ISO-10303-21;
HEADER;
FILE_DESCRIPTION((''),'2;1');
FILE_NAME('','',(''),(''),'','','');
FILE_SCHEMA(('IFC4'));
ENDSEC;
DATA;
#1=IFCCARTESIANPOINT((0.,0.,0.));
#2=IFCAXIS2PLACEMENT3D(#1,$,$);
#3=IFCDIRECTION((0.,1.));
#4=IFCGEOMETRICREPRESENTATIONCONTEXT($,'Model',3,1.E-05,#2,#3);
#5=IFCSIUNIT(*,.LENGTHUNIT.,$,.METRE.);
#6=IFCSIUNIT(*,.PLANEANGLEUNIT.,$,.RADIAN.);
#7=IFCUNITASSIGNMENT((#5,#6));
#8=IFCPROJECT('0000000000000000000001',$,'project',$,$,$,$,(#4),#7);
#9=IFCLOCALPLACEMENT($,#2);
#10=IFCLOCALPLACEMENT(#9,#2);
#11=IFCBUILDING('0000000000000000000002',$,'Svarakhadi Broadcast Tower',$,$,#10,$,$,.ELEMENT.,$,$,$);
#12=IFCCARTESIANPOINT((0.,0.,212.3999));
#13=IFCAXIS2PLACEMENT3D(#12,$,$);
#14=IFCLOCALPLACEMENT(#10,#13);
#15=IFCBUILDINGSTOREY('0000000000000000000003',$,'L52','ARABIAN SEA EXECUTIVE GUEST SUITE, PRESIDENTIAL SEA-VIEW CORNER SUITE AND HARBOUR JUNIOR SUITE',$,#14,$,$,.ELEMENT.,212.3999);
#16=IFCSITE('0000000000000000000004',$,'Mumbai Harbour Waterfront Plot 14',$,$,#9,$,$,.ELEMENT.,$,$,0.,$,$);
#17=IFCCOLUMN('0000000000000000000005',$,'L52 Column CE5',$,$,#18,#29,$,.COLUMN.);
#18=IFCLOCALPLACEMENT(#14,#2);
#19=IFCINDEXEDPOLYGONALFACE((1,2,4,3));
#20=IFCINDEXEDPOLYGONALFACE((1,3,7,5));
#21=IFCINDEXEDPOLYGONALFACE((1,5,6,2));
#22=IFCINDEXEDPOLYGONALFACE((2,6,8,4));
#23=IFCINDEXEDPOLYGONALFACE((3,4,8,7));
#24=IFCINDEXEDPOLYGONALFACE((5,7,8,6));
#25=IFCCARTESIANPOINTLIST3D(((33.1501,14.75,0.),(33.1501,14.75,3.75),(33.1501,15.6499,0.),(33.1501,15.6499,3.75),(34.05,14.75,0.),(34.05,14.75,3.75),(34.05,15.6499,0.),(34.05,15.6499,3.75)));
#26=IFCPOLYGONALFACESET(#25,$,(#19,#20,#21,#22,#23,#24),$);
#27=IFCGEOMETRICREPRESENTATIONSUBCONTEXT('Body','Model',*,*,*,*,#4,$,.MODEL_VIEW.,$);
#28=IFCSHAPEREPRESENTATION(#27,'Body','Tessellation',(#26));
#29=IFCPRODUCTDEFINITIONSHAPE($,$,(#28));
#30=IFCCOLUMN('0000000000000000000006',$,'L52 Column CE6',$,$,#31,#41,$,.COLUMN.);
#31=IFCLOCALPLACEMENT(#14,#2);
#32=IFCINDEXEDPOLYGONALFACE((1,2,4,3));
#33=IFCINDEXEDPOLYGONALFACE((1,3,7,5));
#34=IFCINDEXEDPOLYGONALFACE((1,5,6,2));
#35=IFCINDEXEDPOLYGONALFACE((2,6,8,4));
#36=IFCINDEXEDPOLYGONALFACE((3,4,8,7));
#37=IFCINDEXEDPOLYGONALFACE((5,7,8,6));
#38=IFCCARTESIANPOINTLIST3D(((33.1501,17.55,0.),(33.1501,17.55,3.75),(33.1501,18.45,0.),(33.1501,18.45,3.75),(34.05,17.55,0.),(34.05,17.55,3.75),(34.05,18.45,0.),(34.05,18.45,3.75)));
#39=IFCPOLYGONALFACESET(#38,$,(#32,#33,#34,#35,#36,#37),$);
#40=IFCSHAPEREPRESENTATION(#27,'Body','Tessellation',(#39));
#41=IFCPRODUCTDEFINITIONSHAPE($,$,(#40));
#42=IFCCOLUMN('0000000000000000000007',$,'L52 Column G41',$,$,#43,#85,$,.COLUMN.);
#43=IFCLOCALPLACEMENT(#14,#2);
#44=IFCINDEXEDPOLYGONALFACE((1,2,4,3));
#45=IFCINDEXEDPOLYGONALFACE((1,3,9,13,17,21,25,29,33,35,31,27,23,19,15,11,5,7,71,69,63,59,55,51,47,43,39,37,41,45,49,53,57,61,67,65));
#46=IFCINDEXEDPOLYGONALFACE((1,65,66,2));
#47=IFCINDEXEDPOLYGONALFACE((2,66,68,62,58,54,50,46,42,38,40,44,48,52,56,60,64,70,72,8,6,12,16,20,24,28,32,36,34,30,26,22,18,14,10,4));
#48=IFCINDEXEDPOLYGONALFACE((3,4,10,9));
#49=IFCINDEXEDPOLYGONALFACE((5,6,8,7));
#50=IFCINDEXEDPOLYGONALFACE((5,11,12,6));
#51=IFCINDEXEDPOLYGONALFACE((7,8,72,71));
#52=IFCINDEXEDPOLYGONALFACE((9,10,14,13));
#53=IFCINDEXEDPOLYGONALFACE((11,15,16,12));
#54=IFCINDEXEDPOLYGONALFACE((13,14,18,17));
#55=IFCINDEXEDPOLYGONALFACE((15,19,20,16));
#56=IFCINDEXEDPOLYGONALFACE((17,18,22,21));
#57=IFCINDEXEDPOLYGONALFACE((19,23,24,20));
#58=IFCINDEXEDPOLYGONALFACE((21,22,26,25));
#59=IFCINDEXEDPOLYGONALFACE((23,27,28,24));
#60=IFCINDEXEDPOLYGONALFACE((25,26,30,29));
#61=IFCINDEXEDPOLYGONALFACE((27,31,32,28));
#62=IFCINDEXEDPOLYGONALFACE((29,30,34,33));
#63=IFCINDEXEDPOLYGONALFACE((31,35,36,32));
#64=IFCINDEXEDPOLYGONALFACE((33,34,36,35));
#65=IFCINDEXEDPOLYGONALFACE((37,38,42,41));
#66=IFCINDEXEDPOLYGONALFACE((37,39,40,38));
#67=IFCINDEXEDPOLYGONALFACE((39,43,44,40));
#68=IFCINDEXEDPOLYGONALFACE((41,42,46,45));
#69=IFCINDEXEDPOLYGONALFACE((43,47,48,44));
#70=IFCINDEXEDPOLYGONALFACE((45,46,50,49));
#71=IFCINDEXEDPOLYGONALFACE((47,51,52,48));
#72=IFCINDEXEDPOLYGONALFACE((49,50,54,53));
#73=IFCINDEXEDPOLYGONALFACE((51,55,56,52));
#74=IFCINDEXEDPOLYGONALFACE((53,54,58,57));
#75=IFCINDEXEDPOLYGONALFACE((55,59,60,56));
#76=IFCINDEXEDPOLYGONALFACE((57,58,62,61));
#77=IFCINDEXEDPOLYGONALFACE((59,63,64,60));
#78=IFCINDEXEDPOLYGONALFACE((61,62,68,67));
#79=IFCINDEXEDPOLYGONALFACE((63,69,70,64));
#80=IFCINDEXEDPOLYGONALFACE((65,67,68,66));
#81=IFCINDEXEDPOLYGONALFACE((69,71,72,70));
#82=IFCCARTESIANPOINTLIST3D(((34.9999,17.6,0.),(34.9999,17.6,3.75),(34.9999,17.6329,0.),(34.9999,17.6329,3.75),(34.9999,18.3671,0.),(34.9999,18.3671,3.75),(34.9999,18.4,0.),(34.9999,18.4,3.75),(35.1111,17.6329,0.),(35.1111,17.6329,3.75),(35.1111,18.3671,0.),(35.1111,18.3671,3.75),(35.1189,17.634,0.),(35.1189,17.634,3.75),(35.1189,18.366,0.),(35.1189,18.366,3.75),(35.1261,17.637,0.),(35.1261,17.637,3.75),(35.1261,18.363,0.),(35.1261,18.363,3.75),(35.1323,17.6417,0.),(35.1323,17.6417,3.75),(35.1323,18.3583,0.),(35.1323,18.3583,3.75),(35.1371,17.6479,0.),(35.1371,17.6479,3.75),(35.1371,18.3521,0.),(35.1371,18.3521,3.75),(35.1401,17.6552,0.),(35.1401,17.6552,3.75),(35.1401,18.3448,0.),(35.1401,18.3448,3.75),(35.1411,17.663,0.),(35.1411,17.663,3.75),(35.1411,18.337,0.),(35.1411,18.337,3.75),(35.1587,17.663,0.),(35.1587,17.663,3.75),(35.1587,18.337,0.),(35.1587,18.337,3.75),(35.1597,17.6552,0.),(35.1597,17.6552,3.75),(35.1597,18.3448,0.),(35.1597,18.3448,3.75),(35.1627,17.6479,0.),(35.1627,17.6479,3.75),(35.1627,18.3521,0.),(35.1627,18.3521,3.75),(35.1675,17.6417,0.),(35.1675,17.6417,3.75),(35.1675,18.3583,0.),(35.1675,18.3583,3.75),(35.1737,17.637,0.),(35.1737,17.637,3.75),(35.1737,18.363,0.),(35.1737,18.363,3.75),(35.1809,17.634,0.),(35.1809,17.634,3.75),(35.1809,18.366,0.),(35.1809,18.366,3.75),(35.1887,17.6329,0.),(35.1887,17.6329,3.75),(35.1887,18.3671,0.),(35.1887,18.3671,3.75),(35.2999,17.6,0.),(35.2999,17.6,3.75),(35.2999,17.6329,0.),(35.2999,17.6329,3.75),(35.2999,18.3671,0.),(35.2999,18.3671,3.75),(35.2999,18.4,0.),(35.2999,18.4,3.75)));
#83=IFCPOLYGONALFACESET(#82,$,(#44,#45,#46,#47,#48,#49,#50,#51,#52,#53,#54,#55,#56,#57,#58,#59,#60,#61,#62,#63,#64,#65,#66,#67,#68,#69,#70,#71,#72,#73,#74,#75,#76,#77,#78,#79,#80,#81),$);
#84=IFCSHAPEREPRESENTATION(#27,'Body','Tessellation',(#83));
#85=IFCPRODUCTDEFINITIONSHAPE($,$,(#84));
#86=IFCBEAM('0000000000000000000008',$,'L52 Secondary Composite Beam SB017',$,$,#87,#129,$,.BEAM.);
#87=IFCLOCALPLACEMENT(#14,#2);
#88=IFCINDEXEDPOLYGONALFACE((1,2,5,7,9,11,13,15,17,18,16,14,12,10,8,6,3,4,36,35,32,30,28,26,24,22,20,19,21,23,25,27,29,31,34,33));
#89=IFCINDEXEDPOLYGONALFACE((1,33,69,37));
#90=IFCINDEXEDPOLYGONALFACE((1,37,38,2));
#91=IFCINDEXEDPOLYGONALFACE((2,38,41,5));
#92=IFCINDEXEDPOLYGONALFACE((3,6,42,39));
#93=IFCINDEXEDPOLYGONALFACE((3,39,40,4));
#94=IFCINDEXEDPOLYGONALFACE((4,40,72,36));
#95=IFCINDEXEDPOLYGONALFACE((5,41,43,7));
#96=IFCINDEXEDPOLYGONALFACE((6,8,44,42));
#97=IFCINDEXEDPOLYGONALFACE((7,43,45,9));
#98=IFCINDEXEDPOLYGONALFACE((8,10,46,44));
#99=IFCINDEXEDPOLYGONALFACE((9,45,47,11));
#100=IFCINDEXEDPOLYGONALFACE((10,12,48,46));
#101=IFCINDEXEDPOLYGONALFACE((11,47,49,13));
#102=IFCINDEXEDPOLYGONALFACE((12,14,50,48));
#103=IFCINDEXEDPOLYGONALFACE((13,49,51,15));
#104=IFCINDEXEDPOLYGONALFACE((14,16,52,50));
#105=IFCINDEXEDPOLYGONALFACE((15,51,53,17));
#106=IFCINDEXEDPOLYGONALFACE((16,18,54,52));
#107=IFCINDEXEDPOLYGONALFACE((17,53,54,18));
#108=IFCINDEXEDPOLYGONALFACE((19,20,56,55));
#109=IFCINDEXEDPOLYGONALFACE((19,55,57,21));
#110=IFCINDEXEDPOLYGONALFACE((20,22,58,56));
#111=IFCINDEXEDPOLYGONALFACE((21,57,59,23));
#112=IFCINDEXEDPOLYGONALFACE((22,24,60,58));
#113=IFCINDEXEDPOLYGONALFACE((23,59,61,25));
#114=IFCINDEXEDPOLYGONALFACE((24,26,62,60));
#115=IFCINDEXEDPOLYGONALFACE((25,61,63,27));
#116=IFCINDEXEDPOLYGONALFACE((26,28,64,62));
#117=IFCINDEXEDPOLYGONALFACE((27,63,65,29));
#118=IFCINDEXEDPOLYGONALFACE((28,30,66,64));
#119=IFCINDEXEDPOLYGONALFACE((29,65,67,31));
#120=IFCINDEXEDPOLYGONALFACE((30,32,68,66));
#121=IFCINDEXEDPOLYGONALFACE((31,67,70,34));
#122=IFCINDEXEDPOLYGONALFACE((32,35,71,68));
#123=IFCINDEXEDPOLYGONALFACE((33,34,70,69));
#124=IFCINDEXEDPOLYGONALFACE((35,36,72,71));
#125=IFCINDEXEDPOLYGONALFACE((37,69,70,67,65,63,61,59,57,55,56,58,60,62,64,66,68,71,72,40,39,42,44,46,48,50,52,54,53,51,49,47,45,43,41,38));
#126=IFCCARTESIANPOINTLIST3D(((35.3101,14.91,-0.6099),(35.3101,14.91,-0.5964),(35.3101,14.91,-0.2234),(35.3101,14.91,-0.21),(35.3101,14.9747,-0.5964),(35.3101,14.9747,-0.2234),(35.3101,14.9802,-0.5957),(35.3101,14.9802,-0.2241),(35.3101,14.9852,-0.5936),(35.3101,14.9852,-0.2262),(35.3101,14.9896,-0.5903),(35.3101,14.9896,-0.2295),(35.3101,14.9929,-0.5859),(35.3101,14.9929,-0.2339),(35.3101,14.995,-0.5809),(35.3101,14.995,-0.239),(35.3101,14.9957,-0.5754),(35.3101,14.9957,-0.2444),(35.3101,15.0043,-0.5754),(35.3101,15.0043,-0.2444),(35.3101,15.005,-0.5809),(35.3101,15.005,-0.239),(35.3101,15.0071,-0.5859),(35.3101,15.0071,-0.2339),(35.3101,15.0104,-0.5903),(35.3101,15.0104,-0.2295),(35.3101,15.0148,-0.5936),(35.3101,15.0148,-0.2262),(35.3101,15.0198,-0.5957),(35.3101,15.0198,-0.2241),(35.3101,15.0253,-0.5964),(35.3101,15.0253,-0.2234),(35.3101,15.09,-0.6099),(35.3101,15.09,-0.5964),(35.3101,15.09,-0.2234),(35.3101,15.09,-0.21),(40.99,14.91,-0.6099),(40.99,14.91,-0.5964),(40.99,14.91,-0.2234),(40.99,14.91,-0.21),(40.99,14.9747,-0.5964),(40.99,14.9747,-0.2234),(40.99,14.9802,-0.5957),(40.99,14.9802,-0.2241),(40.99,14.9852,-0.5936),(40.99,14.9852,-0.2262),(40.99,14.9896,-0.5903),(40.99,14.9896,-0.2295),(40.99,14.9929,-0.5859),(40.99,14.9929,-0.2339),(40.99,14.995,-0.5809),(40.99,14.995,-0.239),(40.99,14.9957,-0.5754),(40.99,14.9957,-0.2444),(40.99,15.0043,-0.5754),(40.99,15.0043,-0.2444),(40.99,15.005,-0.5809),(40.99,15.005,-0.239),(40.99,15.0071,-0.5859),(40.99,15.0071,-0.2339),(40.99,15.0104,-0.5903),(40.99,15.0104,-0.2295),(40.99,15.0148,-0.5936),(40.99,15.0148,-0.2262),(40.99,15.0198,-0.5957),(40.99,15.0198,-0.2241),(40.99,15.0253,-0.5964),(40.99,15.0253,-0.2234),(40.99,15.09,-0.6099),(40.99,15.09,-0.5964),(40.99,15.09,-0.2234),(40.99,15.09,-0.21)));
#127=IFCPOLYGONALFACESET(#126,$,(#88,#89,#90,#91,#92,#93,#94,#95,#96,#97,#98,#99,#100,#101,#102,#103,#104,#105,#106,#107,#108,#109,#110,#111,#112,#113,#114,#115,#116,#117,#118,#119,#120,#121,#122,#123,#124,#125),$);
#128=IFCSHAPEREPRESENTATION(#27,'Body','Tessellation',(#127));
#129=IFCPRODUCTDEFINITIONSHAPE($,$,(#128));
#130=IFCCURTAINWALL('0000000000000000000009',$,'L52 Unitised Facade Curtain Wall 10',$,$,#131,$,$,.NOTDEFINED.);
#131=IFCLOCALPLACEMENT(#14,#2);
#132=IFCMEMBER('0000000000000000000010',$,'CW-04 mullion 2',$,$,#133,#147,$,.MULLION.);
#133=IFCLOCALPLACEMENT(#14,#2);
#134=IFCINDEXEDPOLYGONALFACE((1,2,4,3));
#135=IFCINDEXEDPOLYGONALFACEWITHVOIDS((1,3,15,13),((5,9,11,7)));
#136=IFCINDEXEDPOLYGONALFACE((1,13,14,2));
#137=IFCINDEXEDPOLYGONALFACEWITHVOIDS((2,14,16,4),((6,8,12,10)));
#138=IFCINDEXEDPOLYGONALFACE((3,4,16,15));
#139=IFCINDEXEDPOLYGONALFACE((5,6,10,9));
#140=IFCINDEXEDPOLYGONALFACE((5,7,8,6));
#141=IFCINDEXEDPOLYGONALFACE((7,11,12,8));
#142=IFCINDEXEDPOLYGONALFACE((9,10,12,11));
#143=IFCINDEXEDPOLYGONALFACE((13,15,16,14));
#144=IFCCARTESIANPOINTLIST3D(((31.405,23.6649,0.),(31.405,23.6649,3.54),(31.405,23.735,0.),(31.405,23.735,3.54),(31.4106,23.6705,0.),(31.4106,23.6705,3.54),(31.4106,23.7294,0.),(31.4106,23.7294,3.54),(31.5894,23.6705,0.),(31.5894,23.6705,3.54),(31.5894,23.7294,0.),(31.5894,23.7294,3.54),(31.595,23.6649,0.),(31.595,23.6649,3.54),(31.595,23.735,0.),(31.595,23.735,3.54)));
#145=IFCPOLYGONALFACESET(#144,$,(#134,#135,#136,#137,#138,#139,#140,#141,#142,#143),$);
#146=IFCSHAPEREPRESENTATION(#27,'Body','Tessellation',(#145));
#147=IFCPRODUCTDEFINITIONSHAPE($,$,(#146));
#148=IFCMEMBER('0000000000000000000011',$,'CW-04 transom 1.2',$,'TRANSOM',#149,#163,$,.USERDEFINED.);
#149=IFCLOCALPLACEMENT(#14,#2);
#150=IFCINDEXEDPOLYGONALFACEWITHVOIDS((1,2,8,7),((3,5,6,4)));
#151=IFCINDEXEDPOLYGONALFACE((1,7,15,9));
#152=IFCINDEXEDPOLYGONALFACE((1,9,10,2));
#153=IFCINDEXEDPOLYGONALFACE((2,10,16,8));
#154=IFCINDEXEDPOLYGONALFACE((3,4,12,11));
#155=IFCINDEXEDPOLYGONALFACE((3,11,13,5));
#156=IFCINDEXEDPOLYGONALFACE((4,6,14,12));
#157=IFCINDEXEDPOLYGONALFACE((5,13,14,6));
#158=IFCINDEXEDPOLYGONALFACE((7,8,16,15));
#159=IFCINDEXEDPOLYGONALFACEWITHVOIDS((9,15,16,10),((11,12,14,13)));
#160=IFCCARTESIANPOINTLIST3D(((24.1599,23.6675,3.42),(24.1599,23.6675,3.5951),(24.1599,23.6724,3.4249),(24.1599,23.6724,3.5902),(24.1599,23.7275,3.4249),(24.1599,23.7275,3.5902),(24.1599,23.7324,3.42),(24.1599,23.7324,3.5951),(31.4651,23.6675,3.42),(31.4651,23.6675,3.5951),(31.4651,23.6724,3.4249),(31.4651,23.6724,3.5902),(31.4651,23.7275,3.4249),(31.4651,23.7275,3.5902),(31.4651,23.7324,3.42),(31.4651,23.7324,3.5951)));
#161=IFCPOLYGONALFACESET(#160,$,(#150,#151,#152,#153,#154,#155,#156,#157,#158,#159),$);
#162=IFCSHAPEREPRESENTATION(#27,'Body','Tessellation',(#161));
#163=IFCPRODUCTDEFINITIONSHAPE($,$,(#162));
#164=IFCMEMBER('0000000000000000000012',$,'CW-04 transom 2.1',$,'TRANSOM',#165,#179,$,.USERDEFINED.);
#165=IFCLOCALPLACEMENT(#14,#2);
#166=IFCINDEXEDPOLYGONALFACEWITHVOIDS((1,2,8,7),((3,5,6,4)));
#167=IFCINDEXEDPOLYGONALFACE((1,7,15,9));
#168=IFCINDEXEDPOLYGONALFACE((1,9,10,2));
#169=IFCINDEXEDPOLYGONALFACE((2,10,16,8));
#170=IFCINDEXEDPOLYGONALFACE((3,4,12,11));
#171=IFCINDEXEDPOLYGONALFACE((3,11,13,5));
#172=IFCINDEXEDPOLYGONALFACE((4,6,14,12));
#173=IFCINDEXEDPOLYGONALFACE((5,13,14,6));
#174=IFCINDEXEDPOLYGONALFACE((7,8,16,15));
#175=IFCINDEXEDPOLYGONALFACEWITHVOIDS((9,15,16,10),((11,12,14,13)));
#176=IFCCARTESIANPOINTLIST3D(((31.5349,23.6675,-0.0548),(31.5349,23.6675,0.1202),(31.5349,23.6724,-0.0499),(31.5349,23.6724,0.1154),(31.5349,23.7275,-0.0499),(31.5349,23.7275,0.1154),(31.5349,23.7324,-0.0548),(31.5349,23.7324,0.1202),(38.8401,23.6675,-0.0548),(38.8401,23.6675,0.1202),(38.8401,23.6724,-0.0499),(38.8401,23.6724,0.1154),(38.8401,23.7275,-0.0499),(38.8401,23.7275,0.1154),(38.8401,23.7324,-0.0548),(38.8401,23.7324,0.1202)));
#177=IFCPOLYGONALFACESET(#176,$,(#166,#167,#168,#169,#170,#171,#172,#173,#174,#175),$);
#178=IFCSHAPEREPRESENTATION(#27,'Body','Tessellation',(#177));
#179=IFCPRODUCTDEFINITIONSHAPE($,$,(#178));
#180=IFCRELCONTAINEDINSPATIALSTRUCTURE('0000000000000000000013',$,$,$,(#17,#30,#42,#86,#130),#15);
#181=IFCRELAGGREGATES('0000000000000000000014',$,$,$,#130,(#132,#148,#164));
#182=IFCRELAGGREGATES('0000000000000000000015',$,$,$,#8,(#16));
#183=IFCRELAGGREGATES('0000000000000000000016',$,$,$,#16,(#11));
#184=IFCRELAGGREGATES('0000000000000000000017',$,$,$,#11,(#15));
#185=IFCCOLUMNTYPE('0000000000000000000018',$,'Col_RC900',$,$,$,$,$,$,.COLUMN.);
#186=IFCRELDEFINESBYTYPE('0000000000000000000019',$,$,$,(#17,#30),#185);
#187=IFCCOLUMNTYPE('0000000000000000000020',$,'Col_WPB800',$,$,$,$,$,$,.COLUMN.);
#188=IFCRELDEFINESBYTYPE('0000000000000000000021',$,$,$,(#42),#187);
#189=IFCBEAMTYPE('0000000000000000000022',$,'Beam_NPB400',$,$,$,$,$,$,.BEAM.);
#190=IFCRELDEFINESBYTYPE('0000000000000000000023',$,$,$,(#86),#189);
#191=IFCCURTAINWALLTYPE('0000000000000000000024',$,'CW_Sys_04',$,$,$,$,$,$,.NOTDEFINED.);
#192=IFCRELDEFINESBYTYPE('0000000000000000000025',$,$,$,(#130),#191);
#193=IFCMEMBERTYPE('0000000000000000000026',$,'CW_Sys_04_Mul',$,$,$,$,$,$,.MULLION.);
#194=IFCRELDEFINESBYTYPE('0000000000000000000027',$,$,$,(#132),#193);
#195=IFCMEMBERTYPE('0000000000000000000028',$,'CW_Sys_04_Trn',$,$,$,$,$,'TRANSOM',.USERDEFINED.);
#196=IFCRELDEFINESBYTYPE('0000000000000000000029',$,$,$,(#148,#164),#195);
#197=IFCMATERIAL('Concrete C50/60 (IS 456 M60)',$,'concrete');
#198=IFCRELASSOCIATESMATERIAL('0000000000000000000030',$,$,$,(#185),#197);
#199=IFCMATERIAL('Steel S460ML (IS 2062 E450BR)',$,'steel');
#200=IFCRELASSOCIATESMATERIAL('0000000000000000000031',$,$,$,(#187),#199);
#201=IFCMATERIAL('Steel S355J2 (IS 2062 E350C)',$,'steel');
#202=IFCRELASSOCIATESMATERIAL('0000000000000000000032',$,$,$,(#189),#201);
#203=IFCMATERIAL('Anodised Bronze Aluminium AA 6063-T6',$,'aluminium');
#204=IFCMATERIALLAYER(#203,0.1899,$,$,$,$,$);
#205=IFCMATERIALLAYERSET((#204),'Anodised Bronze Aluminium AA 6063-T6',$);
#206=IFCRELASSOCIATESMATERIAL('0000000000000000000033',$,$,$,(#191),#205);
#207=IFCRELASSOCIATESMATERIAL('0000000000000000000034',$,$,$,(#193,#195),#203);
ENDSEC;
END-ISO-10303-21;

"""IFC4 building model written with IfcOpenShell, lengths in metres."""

from ifc_helpers import new_model, si_unit, direction, frame, origin, origin_2d, place, context, subcontext, project, spatial, rectangle, hollow_rectangle, i_section, extrude, material, layer, layer_set, material_profile, profile_set, type_object, element, aggregate, save


model = new_model("IFC4")

# Units and contexts
model_context = context("Model", 3, precision=1e-05, world=origin(), true_north=direction((0.0, 1.0)))
body_context = subcontext(model_context, "Body", "Model", "MODEL_VIEW")
ifc_project = project(units=[si_unit("LENGTHUNIT", "METRE"), si_unit("PLANEANGLEUNIT", "RADIAN")], contexts=[model_context])

# Site, building, storey
site_placement = place(None, origin())
site = spatial("IfcSite", under=ifc_project, at=site_placement, Name="Mumbai Harbour Waterfront Plot 14", CompositionType="ELEMENT", RefElevation=0.0)
building_placement = place(site_placement, origin())
building = spatial("IfcBuilding", under=site, at=building_placement, Name="Svarakhadi Broadcast Tower", CompositionType="ELEMENT")
storey_placement = place(building_placement, frame((0.0, 0.0, 212.3999)))
storey = spatial("IfcBuildingStorey", under=building, at=storey_placement, Name="L52", Description="ARABIAN SEA EXECUTIVE GUEST SUITE, PRESIDENTIAL SEA-VIEW CORNER SUITE AND HARBOUR JUNIOR SUITE", CompositionType="ELEMENT", Elevation=212.3999)

# Columns
ifc_material_1 = material(Name="Concrete C50/60 (IS 456 M60)", Category="concrete")
ifc_material_profile_1 = material_profile(ifc_material_1, rectangle(XDim=0.8999, YDim=0.8999, at=origin_2d()), Name="RC 900x900")
ifc_profile_set_1 = profile_set([ifc_material_profile_1], Name="Concrete C50/60 (IS 456 M60)")
column_type_1 = type_object("IfcColumnType", Name="Col_RC900", PredefinedType="COLUMN", material=ifc_profile_set_1)
for number, where, z_axis, x_axis, name in (
    (1, (33.6001, 15.2, 0.0), (0.0, 0.0, 1.0), (1.0, 0.0, 0.0), "L52 Column CE5"),
    (2, (33.6001, 18.0, 0.0), (0.0, 0.0, 1.0), (1.0, 0.0, 0.0), "L52 Column CE6"),
):
    element("IfcColumn", number, at=place(storey_placement, frame(where, z_axis=z_axis, x_axis=x_axis)), inside=storey, type_object=column_type_1, Name=name, PredefinedType="COLUMN", context=body_context, shape_type="SweptSolid", body=[
        extrude(rectangle(XDim=0.8999, YDim=0.8999, at=origin_2d()), origin(), (0.0, 0.0, 1.0), 3.75),
    ])
ifc_material_2 = material(Name="Steel S460ML (IS 2062 E450BR)", Category="steel")
ifc_material_profile_2 = material_profile(ifc_material_2, i_section(OverallWidth=0.3, OverallDepth=0.8, WebThickness=0.0176, FlangeThickness=0.033, FilletRadius=0.03, at=origin_2d()), Name="WPB 800x300x262")
ifc_profile_set_2 = profile_set([ifc_material_profile_2], Name="Steel S460ML (IS 2062 E450BR)")
column_type_2 = type_object("IfcColumnType", Name="Col_WPB800", PredefinedType="COLUMN", material=ifc_profile_set_2)
column_placement = place(storey_placement, frame((35.1499, 18.0, 0.0), z_axis=(0.0, 0.0, 1.0), x_axis=(1.0, 0.0, 0.0)))
element("IfcColumn", 3, at=column_placement, inside=storey, type_object=column_type_2, Name="L52 Column G41", PredefinedType="COLUMN", context=body_context, shape_type="SweptSolid", body=[
    extrude(i_section(OverallWidth=0.3, OverallDepth=0.8, WebThickness=0.0176, FlangeThickness=0.033, FilletRadius=0.03, at=origin_2d()), origin(), (0.0, 0.0, 1.0), 3.75),
])

# Beam
ifc_material_3 = material(Name="Steel S355J2 (IS 2062 E350C)", Category="steel")
ifc_material_profile_3 = material_profile(ifc_material_3, i_section(OverallWidth=0.1799, OverallDepth=0.3999, WebThickness=0.0085, FlangeThickness=0.0134, FilletRadius=0.021, at=origin_2d()), Name="NPB 400x180x66")
ifc_profile_set_3 = profile_set([ifc_material_profile_3], Name="Steel S355J2 (IS 2062 E350C)")
beam_type_1 = type_object("IfcBeamType", Name="Beam_NPB400", PredefinedType="BEAM", material=ifc_profile_set_3)
beam_1_placement = place(storey_placement, frame((35.3101, 15.0, -0.4099), z_axis=(1.0, 0.0, 0.0), x_axis=(0.0, 1.0, 0.0)))
element("IfcBeam", 4, at=beam_1_placement, inside=storey, type_object=beam_type_1, Name="L52 Secondary Composite Beam SB017", PredefinedType="BEAM", context=body_context, shape_type="SweptSolid", body=[
    extrude(i_section(OverallWidth=0.1799, OverallDepth=0.3999, WebThickness=0.0085, FlangeThickness=0.0134, FilletRadius=0.021, at=origin_2d()), origin(), (0.0, 0.0, 1.0), 5.6799),
])

# Curtain wall, members
ifc_material_4 = material(Name="Anodised Bronze Aluminium AA 6063-T6", Category="aluminium")
ifc_layer_1 = layer(ifc_material_4, 0.1899)
ifc_layer_set_1 = layer_set([ifc_layer_1], Name="Anodised Bronze Aluminium AA 6063-T6")
curtain_wall_type = type_object("IfcCurtainWallType", Name="CW_Sys_04", PredefinedType="NOTDEFINED", material=ifc_layer_set_1)
curtain_wall_placement = place(storey_placement, origin())
curtain_wall = element("IfcCurtainWall", 5, at=curtain_wall_placement, inside=storey, type_object=curtain_wall_type, Name="L52 Unitised Facade Curtain Wall 10", PredefinedType="NOTDEFINED")
ifc_material_profile_4 = material_profile(ifc_material_4, hollow_rectangle(XDim=0.0701, YDim=0.1899, WallThickness=0.0056, at=origin_2d()), Name="ALU MULLION 190x70x6")
ifc_profile_set_4 = profile_set([ifc_material_profile_4], Name="Anodised Bronze Aluminium AA 6063-T6")
member_type_1 = type_object("IfcMemberType", Name="CW_Sys_04_Mul", PredefinedType="MULLION", material=ifc_profile_set_4)
member_1_placement = place(storey_placement, frame((31.5, 23.7, 0.0), z_axis=(0.0, 0.0, 1.0), x_axis=(0.0, 1.0, 0.0)))
member_1 = element("IfcMember", 6, at=member_1_placement, type_object=member_type_1, Name="CW-04 mullion 2", PredefinedType="MULLION", context=body_context, shape_type="SweptSolid", body=[
    extrude(hollow_rectangle(XDim=0.0701, YDim=0.1899, WallThickness=0.0056, at=origin_2d()), origin(), (0.0, 0.0, 1.0), 3.54),
])
ifc_material_profile_5 = material_profile(ifc_material_4, hollow_rectangle(XDim=0.0649, YDim=0.175, WallThickness=0.0049, at=origin_2d()), Name="ALU TRANSOM 175x65x5")
ifc_profile_set_5 = profile_set([ifc_material_profile_5], Name="Anodised Bronze Aluminium AA 6063-T6")
member_type_2 = type_object("IfcMemberType", Name="CW_Sys_04_Trn", ElementType="TRANSOM", PredefinedType="USERDEFINED", material=ifc_profile_set_5)
member_2_placement = place(storey_placement, frame((24.1599, 23.7, 3.5076), z_axis=(1.0, 0.0, 0.0), x_axis=(0.0, 1.0, 0.0)))
member_2 = element("IfcMember", 7, at=member_2_placement, type_object=member_type_2, Name="CW-04 transom 1.2", ObjectType="TRANSOM", PredefinedType="USERDEFINED", context=body_context, shape_type="SweptSolid", body=[
    extrude(hollow_rectangle(XDim=0.0649, YDim=0.175, WallThickness=0.0049, at=origin_2d()), origin(), (0.0, 0.0, 1.0), 7.3052),
])
member_3_placement = place(storey_placement, frame((31.5349, 23.7, 0.0327), z_axis=(1.0, 0.0, 0.0), x_axis=(0.0, 1.0, 0.0)))
member_3 = element("IfcMember", 8, at=member_3_placement, type_object=member_type_2, Name="CW-04 transom 2.1", ObjectType="TRANSOM", PredefinedType="USERDEFINED", context=body_context, shape_type="SweptSolid", body=[
    extrude(hollow_rectangle(XDim=0.0649, YDim=0.175, WallThickness=0.0049, at=origin_2d()), origin(), (0.0, 0.0, 1.0), 7.3052),
])

aggregate(curtain_wall, [member_1, member_2, member_3])

save(model, "model.ifc")
